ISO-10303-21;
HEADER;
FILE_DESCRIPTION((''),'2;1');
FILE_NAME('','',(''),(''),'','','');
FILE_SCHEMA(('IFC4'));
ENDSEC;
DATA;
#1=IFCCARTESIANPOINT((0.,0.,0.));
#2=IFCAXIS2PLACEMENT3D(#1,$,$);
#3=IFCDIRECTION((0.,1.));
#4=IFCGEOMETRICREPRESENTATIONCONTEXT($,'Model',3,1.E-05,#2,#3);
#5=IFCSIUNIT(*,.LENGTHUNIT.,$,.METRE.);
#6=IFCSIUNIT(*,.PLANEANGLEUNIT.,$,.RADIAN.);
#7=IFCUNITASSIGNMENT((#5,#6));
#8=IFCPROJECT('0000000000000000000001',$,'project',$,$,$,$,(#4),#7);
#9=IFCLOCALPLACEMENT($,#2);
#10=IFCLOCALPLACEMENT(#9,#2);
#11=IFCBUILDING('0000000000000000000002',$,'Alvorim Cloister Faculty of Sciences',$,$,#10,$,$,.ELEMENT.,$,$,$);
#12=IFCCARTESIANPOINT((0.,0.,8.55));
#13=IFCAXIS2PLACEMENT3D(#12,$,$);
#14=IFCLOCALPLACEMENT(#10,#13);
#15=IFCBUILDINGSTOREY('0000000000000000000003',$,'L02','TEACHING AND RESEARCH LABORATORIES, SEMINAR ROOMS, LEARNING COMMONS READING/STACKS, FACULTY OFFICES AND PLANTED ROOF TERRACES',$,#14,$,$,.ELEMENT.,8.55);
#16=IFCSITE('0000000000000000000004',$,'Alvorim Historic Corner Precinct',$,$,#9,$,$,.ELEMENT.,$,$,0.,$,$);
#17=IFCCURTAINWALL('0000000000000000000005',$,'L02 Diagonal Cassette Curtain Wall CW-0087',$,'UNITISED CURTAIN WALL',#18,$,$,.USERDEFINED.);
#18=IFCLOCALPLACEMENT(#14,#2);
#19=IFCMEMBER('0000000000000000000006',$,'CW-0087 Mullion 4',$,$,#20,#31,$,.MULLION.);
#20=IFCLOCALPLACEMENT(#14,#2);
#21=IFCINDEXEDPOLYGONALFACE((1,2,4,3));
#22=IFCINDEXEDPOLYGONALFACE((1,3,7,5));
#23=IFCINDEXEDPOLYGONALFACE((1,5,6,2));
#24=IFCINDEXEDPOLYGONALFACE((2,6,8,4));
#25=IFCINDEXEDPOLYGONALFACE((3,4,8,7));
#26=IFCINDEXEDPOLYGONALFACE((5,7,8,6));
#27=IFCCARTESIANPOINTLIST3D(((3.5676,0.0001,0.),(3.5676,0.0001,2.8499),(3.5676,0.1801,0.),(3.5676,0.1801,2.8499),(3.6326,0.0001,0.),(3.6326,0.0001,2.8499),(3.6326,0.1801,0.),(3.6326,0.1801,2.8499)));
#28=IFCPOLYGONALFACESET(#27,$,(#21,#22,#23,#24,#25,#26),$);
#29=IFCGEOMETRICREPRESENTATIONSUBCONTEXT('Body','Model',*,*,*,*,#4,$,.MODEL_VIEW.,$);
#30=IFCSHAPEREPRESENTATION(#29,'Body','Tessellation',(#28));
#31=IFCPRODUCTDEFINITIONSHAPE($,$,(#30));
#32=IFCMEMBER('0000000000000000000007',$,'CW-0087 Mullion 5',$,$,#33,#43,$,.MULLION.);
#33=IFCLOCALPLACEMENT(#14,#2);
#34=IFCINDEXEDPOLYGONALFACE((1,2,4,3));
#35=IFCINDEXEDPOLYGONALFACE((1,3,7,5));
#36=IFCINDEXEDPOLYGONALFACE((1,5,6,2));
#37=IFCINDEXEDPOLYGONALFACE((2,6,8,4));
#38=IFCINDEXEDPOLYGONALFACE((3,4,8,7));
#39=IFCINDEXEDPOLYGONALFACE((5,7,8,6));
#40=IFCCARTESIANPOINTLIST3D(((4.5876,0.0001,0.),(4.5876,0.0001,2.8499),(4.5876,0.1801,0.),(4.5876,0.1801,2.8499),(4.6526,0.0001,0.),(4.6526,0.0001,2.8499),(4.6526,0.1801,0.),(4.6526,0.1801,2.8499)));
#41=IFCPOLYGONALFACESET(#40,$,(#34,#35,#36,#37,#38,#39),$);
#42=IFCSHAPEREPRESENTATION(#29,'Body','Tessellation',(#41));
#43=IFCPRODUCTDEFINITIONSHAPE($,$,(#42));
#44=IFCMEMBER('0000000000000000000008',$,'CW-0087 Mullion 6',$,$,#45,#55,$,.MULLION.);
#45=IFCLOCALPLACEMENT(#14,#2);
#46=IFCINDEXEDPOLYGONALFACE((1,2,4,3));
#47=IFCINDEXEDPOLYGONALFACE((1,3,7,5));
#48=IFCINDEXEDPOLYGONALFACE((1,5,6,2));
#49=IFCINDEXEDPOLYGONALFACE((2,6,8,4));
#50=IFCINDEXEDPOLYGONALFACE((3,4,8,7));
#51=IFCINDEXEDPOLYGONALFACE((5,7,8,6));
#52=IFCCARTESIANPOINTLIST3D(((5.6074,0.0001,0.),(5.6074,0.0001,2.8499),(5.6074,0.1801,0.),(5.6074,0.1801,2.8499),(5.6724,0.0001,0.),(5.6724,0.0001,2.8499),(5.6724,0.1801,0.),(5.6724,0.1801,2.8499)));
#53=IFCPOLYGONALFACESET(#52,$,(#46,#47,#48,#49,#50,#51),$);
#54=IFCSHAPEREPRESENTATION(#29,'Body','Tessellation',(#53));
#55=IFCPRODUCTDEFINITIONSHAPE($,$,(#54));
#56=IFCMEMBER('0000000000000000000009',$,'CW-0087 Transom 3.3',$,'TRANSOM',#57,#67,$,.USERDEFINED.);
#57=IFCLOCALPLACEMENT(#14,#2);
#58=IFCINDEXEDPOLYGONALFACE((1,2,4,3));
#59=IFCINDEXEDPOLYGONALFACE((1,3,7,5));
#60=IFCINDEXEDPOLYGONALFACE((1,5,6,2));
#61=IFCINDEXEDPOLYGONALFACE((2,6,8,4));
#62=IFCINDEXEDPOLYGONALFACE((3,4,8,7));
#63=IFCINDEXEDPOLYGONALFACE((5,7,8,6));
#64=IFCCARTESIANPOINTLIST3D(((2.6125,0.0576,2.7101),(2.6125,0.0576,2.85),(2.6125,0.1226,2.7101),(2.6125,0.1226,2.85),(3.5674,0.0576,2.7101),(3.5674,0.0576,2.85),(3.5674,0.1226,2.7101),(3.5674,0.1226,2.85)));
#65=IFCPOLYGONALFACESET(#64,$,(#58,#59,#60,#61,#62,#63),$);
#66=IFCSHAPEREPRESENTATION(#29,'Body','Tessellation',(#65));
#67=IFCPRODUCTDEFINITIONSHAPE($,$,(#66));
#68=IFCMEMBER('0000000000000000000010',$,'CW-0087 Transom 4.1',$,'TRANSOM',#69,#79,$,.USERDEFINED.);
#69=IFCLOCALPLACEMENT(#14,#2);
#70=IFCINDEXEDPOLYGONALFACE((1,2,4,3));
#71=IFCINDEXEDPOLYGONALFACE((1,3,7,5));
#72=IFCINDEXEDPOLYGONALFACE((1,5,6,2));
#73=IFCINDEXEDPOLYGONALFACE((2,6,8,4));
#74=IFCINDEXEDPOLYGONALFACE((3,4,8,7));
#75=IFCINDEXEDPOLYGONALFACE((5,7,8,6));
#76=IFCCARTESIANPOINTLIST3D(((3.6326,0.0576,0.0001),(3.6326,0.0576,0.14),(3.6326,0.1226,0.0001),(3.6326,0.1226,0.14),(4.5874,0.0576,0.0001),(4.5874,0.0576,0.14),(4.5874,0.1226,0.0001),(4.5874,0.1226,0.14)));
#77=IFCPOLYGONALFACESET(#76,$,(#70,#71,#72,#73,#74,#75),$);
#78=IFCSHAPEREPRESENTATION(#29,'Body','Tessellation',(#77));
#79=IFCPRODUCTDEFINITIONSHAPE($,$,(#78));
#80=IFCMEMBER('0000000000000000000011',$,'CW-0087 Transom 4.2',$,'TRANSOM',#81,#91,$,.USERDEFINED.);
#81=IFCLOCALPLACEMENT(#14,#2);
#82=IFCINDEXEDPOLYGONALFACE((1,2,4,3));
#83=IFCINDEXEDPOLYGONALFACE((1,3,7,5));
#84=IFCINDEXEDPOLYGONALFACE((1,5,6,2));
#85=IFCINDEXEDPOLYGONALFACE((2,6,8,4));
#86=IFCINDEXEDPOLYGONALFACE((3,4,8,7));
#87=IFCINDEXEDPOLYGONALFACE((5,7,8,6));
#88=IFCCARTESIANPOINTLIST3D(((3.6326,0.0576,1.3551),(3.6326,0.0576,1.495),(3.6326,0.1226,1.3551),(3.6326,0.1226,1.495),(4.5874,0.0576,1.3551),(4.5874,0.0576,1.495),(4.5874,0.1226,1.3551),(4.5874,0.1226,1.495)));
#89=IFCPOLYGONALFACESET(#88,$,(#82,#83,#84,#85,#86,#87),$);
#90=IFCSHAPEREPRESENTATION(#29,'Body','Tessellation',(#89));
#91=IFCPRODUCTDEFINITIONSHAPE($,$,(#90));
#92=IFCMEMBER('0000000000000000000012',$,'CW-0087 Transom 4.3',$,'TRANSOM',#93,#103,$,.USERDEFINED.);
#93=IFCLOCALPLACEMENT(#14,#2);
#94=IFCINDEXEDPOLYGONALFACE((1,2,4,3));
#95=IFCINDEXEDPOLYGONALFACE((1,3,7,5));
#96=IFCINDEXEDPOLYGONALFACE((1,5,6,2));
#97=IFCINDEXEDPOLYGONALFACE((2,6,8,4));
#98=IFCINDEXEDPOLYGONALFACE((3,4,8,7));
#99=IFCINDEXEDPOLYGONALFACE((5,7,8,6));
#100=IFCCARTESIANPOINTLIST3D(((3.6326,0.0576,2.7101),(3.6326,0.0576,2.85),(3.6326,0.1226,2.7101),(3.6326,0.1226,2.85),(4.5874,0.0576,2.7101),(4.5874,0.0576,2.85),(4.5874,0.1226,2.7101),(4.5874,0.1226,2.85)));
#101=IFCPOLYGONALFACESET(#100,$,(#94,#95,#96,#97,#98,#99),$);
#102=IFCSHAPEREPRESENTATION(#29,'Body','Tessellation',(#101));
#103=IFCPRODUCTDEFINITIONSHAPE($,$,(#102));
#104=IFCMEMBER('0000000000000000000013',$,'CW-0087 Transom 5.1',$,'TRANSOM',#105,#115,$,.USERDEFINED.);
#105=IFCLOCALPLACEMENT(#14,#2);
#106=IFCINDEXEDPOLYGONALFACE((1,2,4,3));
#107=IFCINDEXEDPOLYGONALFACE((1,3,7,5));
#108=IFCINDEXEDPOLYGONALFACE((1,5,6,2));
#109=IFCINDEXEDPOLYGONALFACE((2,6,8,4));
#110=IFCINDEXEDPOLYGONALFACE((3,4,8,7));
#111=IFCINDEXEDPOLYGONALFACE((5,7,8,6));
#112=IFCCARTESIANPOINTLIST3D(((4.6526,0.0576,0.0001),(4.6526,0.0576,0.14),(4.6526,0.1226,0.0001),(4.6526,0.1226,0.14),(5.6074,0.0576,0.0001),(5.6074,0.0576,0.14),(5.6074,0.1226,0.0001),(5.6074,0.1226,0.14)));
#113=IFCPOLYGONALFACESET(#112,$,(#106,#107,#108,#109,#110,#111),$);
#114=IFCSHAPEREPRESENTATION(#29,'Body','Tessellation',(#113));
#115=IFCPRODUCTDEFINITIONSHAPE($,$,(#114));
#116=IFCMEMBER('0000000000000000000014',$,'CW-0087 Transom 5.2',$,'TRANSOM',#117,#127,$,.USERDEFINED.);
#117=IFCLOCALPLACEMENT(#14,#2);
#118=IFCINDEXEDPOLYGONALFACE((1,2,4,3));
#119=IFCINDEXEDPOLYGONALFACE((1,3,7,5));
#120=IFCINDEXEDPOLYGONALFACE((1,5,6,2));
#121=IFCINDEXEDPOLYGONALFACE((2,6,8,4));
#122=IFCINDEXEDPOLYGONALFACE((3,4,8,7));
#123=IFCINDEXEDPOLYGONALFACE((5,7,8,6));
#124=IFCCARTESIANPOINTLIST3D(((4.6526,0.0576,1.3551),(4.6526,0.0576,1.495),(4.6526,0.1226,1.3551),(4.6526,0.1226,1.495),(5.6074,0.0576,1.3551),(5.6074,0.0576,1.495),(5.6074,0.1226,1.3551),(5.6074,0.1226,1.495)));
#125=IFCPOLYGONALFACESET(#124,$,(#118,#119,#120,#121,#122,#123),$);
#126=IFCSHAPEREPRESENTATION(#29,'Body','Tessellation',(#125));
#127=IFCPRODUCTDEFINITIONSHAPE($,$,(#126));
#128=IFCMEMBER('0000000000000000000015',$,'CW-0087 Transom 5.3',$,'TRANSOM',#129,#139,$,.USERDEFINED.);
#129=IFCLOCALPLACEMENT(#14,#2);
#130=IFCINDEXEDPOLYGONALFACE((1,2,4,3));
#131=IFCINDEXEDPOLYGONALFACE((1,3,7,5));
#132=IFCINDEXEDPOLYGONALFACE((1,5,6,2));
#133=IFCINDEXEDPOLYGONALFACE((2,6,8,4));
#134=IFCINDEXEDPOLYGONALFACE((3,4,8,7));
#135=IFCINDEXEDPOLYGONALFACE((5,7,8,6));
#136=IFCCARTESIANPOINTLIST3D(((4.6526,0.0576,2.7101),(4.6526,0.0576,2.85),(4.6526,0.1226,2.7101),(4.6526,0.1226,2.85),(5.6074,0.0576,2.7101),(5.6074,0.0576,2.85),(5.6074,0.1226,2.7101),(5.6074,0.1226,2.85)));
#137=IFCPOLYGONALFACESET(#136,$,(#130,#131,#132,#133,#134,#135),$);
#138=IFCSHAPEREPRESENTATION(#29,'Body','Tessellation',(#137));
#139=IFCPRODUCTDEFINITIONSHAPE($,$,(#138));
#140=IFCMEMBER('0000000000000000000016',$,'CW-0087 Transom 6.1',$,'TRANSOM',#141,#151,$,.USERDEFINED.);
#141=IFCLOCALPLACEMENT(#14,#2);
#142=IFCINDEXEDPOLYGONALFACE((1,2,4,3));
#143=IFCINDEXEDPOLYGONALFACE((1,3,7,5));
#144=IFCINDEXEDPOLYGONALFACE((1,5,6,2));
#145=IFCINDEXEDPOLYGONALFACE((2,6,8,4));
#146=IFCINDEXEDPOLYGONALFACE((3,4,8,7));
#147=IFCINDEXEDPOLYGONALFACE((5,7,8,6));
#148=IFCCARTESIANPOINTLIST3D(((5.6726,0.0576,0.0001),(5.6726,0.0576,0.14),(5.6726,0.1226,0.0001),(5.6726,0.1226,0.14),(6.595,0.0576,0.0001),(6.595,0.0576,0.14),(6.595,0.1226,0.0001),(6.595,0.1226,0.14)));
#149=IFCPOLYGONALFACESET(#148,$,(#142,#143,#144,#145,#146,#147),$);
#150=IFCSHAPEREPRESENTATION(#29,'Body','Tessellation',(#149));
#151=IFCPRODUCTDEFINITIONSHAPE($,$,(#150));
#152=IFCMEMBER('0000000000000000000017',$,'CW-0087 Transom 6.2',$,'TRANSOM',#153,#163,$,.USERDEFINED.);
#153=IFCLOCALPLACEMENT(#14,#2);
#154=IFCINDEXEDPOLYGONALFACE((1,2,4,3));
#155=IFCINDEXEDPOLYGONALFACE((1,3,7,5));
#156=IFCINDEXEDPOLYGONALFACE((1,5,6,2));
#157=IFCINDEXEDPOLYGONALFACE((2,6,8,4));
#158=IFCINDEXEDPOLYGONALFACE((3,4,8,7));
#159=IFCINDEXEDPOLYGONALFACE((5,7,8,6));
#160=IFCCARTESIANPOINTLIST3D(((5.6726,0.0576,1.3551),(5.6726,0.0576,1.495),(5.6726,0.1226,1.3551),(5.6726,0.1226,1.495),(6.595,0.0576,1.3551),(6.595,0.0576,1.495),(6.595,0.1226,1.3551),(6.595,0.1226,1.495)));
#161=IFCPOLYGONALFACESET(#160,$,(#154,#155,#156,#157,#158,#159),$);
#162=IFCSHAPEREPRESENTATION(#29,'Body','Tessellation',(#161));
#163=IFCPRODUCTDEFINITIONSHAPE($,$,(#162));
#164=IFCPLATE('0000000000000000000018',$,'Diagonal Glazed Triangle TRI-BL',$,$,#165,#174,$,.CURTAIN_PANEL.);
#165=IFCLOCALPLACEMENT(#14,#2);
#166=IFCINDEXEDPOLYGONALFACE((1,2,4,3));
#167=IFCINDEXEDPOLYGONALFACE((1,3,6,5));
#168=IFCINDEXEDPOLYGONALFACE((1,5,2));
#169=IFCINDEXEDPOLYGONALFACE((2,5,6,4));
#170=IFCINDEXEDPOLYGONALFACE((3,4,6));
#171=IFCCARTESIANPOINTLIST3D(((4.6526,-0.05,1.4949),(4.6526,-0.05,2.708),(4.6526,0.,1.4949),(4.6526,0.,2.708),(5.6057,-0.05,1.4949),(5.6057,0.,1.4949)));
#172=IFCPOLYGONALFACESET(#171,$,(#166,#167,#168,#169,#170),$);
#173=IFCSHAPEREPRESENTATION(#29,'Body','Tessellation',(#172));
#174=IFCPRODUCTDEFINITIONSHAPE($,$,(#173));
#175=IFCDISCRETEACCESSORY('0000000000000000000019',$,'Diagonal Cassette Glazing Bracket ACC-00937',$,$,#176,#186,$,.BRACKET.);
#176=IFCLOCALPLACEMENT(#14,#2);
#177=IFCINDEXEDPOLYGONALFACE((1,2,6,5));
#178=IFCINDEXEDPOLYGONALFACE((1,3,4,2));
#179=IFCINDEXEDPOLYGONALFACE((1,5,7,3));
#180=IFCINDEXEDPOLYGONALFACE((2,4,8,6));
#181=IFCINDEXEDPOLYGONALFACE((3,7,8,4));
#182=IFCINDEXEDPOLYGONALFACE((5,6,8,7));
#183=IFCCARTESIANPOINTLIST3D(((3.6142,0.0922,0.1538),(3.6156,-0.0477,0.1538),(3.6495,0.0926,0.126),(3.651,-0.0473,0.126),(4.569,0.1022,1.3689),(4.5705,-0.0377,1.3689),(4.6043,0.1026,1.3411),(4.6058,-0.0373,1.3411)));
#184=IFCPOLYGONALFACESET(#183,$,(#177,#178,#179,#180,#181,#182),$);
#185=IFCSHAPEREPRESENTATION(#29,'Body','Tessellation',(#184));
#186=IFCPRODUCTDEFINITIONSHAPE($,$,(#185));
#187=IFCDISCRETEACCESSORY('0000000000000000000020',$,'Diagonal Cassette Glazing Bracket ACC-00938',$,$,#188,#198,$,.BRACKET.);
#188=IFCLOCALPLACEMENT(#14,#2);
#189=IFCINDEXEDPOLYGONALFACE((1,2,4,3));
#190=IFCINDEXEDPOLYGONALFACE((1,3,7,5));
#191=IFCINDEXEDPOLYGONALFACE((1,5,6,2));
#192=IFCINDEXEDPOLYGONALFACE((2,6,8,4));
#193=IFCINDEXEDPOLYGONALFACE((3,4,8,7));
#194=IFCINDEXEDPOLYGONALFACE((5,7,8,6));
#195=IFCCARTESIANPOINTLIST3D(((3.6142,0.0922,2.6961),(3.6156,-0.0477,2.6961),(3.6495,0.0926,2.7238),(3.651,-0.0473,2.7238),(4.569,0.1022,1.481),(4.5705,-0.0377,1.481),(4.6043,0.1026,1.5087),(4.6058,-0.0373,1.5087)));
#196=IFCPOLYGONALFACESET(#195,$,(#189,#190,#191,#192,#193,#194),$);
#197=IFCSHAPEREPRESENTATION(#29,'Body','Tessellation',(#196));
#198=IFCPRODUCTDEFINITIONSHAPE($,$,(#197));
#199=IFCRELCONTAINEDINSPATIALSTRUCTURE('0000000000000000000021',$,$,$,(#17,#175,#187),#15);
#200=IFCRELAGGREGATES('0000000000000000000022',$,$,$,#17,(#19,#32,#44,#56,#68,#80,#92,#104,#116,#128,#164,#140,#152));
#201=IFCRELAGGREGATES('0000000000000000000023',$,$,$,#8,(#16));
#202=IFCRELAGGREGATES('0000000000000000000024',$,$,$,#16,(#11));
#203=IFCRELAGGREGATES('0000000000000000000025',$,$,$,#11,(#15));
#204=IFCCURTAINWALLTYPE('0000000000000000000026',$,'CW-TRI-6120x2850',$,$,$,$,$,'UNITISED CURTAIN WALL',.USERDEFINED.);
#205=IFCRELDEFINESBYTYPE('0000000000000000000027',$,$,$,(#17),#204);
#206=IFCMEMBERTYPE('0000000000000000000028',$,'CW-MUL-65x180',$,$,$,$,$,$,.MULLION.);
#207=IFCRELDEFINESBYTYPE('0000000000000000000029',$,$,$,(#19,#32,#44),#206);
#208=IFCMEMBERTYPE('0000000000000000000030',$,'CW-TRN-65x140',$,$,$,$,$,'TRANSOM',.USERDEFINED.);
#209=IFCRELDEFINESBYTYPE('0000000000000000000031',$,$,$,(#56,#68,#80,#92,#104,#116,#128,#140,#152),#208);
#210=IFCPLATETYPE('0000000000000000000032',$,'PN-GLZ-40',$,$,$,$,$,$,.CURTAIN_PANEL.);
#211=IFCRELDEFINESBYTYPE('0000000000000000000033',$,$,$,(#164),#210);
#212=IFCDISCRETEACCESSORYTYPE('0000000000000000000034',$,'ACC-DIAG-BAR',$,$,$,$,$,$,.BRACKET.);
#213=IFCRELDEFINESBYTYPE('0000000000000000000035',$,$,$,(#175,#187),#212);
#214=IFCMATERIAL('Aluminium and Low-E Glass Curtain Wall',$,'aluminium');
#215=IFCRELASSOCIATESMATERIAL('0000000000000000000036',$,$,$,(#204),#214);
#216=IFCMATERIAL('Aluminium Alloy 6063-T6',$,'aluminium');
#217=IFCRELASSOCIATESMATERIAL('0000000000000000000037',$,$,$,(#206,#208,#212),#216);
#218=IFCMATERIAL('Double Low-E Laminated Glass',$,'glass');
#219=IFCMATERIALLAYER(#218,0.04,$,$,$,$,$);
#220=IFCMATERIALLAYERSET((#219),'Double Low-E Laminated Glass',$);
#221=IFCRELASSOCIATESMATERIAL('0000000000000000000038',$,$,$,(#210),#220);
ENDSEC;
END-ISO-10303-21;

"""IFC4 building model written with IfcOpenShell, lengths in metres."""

from ifc_helpers import new_model, si_unit, direction, frame, origin, origin_2d, place, context, subcontext, project, spatial, polyline, rectangle, outline, extrude, material, layer, layer_set, material_profile, profile_set, type_object, element, aggregate, save


model = new_model("IFC4")

# Units and contexts
model_context = context("Model", 3, precision=1e-05, world=origin(), true_north=direction((0.0, 1.0)))
body_context = subcontext(model_context, "Body", "Model", "MODEL_VIEW")
ifc_project = project(units=[si_unit("LENGTHUNIT", "METRE"), si_unit("PLANEANGLEUNIT", "RADIAN")], contexts=[model_context])

# Site, building, storey
site_placement = place(None, origin())
site = spatial("IfcSite", under=ifc_project, at=site_placement, Name="Alvorim Historic Corner Precinct", CompositionType="ELEMENT", RefElevation=0.0)
building_placement = place(site_placement, origin())
building = spatial("IfcBuilding", under=site, at=building_placement, Name="Alvorim Cloister Faculty of Sciences", CompositionType="ELEMENT")
storey_placement = place(building_placement, frame((0.0, 0.0, 8.55)))
storey = spatial("IfcBuildingStorey", under=building, at=storey_placement, Name="L02", Description="TEACHING AND RESEARCH LABORATORIES, SEMINAR ROOMS, LEARNING COMMONS READING/STACKS, FACULTY OFFICES AND PLANTED ROOF TERRACES", CompositionType="ELEMENT", Elevation=8.55)

# Curtain wall, members, plate
ifc_material_1 = material(Name="Aluminium and Low-E Glass Curtain Wall", Category="aluminium")
curtain_wall_type = type_object("IfcCurtainWallType", Name="CW-TRI-6120x2850", ElementType="UNITISED CURTAIN WALL", PredefinedType="USERDEFINED", material=ifc_material_1)
curtain_wall_placement = place(storey_placement, origin())
curtain_wall = element("IfcCurtainWall", 1, at=curtain_wall_placement, inside=storey, type_object=curtain_wall_type, Name="L02 Diagonal Cassette Curtain Wall CW-0087", ObjectType="UNITISED CURTAIN WALL", PredefinedType="USERDEFINED")
ifc_material_2 = material(Name="Aluminium Alloy 6063-T6", Category="aluminium")
ifc_material_profile_1 = material_profile(ifc_material_2, rectangle(XDim=0.0649, YDim=0.1799, at=origin_2d()), Name="ALU-MUL-65x180")
ifc_profile_set_1 = profile_set([ifc_material_profile_1], Name="Aluminium Alloy 6063-T6")
member_type_1 = type_object("IfcMemberType", Name="CW-MUL-65x180", PredefinedType="MULLION", material=ifc_profile_set_1)
member_1_placement = place(storey_placement, frame((3.6001, 0.0901, 0.0), z_axis=(0.0, 0.0, 1.0), x_axis=(1.0, 0.0, 0.0)))
member_1 = element("IfcMember", 2, at=member_1_placement, type_object=member_type_1, Name="CW-0087 Mullion 4", PredefinedType="MULLION", context=body_context, shape_type="SweptSolid", body=[
    extrude(rectangle(XDim=0.0649, YDim=0.1799, at=origin_2d()), origin(), (0.0, 0.0, 1.0), 2.8499),
])
member_2_placement = place(storey_placement, frame((4.6201, 0.0901, 0.0), z_axis=(0.0, 0.0, 1.0), x_axis=(1.0, 0.0, 0.0)))
member_2 = element("IfcMember", 3, at=member_2_placement, type_object=member_type_1, Name="CW-0087 Mullion 5", PredefinedType="MULLION", context=body_context, shape_type="SweptSolid", body=[
    extrude(rectangle(XDim=0.0649, YDim=0.1799, at=origin_2d()), origin(), (0.0, 0.0, 1.0), 2.8499),
])
member_3_placement = place(storey_placement, frame((5.6399, 0.0901, 0.0), z_axis=(0.0, 0.0, 1.0), x_axis=(1.0, 0.0, 0.0)))
member_3 = element("IfcMember", 4, at=member_3_placement, type_object=member_type_1, Name="CW-0087 Mullion 6", PredefinedType="MULLION", context=body_context, shape_type="SweptSolid", body=[
    extrude(rectangle(XDim=0.0649, YDim=0.1799, at=origin_2d()), origin(), (0.0, 0.0, 1.0), 2.8499),
])
ifc_material_profile_2 = material_profile(ifc_material_2, rectangle(XDim=0.0649, YDim=0.1399, at=origin_2d()), Name="ALU-TRN-65x140")
ifc_profile_set_2 = profile_set([ifc_material_profile_2], Name="Aluminium Alloy 6063-T6")
member_type_2 = type_object("IfcMemberType", Name="CW-TRN-65x140", ElementType="TRANSOM", PredefinedType="USERDEFINED", material=ifc_profile_set_2)
member_4_placement = place(storey_placement, frame((2.6125, 0.0901, 2.78), z_axis=(1.0, 0.0, 0.0), x_axis=(0.0, 1.0, 0.0)))
member_4 = element("IfcMember", 5, at=member_4_placement, type_object=member_type_2, Name="CW-0087 Transom 3.3", ObjectType="TRANSOM", PredefinedType="USERDEFINED", context=body_context, shape_type="SweptSolid", body=[
    extrude(rectangle(XDim=0.0649, YDim=0.1399, at=origin_2d()), origin(), (0.0, 0.0, 1.0), 0.9548),
])
member_5_placement = place(storey_placement, frame((3.6326, 0.0901, 0.0701), z_axis=(1.0, 0.0, 0.0), x_axis=(0.0, 1.0, 0.0)))
member_5 = element("IfcMember", 6, at=member_5_placement, type_object=member_type_2, Name="CW-0087 Transom 4.1", ObjectType="TRANSOM", PredefinedType="USERDEFINED", context=body_context, shape_type="SweptSolid", body=[
    extrude(rectangle(XDim=0.0649, YDim=0.1399, at=origin_2d()), origin(), (0.0, 0.0, 1.0), 0.9548),
])
member_6_placement = place(storey_placement, frame((3.6326, 0.0901, 1.425), z_axis=(1.0, 0.0, 0.0), x_axis=(0.0, 1.0, 0.0)))
member_6 = element("IfcMember", 7, at=member_6_placement, type_object=member_type_2, Name="CW-0087 Transom 4.2", ObjectType="TRANSOM", PredefinedType="USERDEFINED", context=body_context, shape_type="SweptSolid", body=[
    extrude(rectangle(XDim=0.0649, YDim=0.1399, at=origin_2d()), origin(), (0.0, 0.0, 1.0), 0.9548),
])
member_7_placement = place(storey_placement, frame((3.6326, 0.0901, 2.78), z_axis=(1.0, 0.0, 0.0), x_axis=(0.0, 1.0, 0.0)))
member_7 = element("IfcMember", 8, at=member_7_placement, type_object=member_type_2, Name="CW-0087 Transom 4.3", ObjectType="TRANSOM", PredefinedType="USERDEFINED", context=body_context, shape_type="SweptSolid", body=[
    extrude(rectangle(XDim=0.0649, YDim=0.1399, at=origin_2d()), origin(), (0.0, 0.0, 1.0), 0.9548),
])
member_8_placement = place(storey_placement, frame((4.6526, 0.0901, 0.0701), z_axis=(1.0, 0.0, 0.0), x_axis=(0.0, 1.0, 0.0)))
member_8 = element("IfcMember", 9, at=member_8_placement, type_object=member_type_2, Name="CW-0087 Transom 5.1", ObjectType="TRANSOM", PredefinedType="USERDEFINED", context=body_context, shape_type="SweptSolid", body=[
    extrude(rectangle(XDim=0.0649, YDim=0.1399, at=origin_2d()), origin(), (0.0, 0.0, 1.0), 0.9548),
])
member_9_placement = place(storey_placement, frame((4.6526, 0.0901, 1.425), z_axis=(1.0, 0.0, 0.0), x_axis=(0.0, 1.0, 0.0)))
member_9 = element("IfcMember", 10, at=member_9_placement, type_object=member_type_2, Name="CW-0087 Transom 5.2", ObjectType="TRANSOM", PredefinedType="USERDEFINED", context=body_context, shape_type="SweptSolid", body=[
    extrude(rectangle(XDim=0.0649, YDim=0.1399, at=origin_2d()), origin(), (0.0, 0.0, 1.0), 0.9548),
])
member_10_placement = place(storey_placement, frame((4.6526, 0.0901, 2.78), z_axis=(1.0, 0.0, 0.0), x_axis=(0.0, 1.0, 0.0)))
member_10 = element("IfcMember", 11, at=member_10_placement, type_object=member_type_2, Name="CW-0087 Transom 5.3", ObjectType="TRANSOM", PredefinedType="USERDEFINED", context=body_context, shape_type="SweptSolid", body=[
    extrude(rectangle(XDim=0.0649, YDim=0.1399, at=origin_2d()), origin(), (0.0, 0.0, 1.0), 0.9548),
])
member_11_placement = place(storey_placement, frame((5.6726, 0.0901, 0.0701), z_axis=(1.0, 0.0, 0.0), x_axis=(0.0, 1.0, 0.0)))
member_11 = element("IfcMember", 12, at=member_11_placement, type_object=member_type_2, Name="CW-0087 Transom 6.1", ObjectType="TRANSOM", PredefinedType="USERDEFINED", context=body_context, shape_type="SweptSolid", body=[
    extrude(rectangle(XDim=0.0649, YDim=0.1399, at=origin_2d()), origin(), (0.0, 0.0, 1.0), 0.9224),
])
member_12_placement = place(storey_placement, frame((5.6726, 0.0901, 1.425), z_axis=(1.0, 0.0, 0.0), x_axis=(0.0, 1.0, 0.0)))
member_12 = element("IfcMember", 13, at=member_12_placement, type_object=member_type_2, Name="CW-0087 Transom 6.2", ObjectType="TRANSOM", PredefinedType="USERDEFINED", context=body_context, shape_type="SweptSolid", body=[
    extrude(rectangle(XDim=0.0649, YDim=0.1399, at=origin_2d()), origin(), (0.0, 0.0, 1.0), 0.9224),
])
ifc_material_3 = material(Name="Double Low-E Laminated Glass", Category="glass")
ifc_layer = layer(ifc_material_3, 0.04)
ifc_layer_set = layer_set([ifc_layer], Name="Double Low-E Laminated Glass")
plate_type = type_object("IfcPlateType", Name="PN-GLZ-40", PredefinedType="CURTAIN_PANEL", material=ifc_layer_set)
plate_1_placement = place(storey_placement, frame((4.6526, -0.0249, 1.4949), z_axis=(0.0, 0.0, 1.0), x_axis=(1.0, 0.0, 0.0)))
plate_1 = element("IfcPlate", 14, at=plate_1_placement, type_object=plate_type, Name="Diagonal Glazed Triangle TRI-BL", PredefinedType="CURTAIN_PANEL", context=body_context, shape_type="SweptSolid", body=[
    extrude(outline(polyline([(0.0, 0.0), (0.9531, 0.0), (0.0, 1.2131), (0.0, 0.0)])), frame((0.0, 0.0249, 0.0), z_axis=(0.0, -1.0, 0.0), x_axis=(1.0, 0.0, 0.0)), (0.0, 0.0, 1.0), 0.05),
])
aggregate(curtain_wall, [member_1, member_2, member_3, member_4, member_5, member_6, member_7, member_8, member_9, member_10, plate_1, member_11, member_12])

# Discrete accessories
discrete_accessory_type = type_object("IfcDiscreteAccessoryType", Name="ACC-DIAG-BAR", PredefinedType="BRACKET", material=ifc_material_2)
for number, where, z_axis, x_axis, name in (
    (15, (3.6326, 0.0225, 0.1399), (0.617857, 0.006477, 0.786263), (-0.010483, 0.999945, 0.0), "Diagonal Cassette Glazing Bracket ACC-00937"),
    (16, (3.6326, 0.0225, 2.71), (0.617857, 0.006477, -0.786263), (-0.010483, 0.999945, 0.0), "Diagonal Cassette Glazing Bracket ACC-00938"),
):
    element("IfcDiscreteAccessory", number, at=place(storey_placement, frame(where, z_axis=z_axis, x_axis=x_axis)), inside=storey, type_object=discrete_accessory_type, Name=name, PredefinedType="BRACKET", context=body_context, shape_type="SweptSolid", body=[
        extrude(rectangle(XDim=0.1399, YDim=0.0449, at=origin_2d()), origin(), (0.0, 0.0, 1.0), 1.5454),
    ])

save(model, "model.ifc")
